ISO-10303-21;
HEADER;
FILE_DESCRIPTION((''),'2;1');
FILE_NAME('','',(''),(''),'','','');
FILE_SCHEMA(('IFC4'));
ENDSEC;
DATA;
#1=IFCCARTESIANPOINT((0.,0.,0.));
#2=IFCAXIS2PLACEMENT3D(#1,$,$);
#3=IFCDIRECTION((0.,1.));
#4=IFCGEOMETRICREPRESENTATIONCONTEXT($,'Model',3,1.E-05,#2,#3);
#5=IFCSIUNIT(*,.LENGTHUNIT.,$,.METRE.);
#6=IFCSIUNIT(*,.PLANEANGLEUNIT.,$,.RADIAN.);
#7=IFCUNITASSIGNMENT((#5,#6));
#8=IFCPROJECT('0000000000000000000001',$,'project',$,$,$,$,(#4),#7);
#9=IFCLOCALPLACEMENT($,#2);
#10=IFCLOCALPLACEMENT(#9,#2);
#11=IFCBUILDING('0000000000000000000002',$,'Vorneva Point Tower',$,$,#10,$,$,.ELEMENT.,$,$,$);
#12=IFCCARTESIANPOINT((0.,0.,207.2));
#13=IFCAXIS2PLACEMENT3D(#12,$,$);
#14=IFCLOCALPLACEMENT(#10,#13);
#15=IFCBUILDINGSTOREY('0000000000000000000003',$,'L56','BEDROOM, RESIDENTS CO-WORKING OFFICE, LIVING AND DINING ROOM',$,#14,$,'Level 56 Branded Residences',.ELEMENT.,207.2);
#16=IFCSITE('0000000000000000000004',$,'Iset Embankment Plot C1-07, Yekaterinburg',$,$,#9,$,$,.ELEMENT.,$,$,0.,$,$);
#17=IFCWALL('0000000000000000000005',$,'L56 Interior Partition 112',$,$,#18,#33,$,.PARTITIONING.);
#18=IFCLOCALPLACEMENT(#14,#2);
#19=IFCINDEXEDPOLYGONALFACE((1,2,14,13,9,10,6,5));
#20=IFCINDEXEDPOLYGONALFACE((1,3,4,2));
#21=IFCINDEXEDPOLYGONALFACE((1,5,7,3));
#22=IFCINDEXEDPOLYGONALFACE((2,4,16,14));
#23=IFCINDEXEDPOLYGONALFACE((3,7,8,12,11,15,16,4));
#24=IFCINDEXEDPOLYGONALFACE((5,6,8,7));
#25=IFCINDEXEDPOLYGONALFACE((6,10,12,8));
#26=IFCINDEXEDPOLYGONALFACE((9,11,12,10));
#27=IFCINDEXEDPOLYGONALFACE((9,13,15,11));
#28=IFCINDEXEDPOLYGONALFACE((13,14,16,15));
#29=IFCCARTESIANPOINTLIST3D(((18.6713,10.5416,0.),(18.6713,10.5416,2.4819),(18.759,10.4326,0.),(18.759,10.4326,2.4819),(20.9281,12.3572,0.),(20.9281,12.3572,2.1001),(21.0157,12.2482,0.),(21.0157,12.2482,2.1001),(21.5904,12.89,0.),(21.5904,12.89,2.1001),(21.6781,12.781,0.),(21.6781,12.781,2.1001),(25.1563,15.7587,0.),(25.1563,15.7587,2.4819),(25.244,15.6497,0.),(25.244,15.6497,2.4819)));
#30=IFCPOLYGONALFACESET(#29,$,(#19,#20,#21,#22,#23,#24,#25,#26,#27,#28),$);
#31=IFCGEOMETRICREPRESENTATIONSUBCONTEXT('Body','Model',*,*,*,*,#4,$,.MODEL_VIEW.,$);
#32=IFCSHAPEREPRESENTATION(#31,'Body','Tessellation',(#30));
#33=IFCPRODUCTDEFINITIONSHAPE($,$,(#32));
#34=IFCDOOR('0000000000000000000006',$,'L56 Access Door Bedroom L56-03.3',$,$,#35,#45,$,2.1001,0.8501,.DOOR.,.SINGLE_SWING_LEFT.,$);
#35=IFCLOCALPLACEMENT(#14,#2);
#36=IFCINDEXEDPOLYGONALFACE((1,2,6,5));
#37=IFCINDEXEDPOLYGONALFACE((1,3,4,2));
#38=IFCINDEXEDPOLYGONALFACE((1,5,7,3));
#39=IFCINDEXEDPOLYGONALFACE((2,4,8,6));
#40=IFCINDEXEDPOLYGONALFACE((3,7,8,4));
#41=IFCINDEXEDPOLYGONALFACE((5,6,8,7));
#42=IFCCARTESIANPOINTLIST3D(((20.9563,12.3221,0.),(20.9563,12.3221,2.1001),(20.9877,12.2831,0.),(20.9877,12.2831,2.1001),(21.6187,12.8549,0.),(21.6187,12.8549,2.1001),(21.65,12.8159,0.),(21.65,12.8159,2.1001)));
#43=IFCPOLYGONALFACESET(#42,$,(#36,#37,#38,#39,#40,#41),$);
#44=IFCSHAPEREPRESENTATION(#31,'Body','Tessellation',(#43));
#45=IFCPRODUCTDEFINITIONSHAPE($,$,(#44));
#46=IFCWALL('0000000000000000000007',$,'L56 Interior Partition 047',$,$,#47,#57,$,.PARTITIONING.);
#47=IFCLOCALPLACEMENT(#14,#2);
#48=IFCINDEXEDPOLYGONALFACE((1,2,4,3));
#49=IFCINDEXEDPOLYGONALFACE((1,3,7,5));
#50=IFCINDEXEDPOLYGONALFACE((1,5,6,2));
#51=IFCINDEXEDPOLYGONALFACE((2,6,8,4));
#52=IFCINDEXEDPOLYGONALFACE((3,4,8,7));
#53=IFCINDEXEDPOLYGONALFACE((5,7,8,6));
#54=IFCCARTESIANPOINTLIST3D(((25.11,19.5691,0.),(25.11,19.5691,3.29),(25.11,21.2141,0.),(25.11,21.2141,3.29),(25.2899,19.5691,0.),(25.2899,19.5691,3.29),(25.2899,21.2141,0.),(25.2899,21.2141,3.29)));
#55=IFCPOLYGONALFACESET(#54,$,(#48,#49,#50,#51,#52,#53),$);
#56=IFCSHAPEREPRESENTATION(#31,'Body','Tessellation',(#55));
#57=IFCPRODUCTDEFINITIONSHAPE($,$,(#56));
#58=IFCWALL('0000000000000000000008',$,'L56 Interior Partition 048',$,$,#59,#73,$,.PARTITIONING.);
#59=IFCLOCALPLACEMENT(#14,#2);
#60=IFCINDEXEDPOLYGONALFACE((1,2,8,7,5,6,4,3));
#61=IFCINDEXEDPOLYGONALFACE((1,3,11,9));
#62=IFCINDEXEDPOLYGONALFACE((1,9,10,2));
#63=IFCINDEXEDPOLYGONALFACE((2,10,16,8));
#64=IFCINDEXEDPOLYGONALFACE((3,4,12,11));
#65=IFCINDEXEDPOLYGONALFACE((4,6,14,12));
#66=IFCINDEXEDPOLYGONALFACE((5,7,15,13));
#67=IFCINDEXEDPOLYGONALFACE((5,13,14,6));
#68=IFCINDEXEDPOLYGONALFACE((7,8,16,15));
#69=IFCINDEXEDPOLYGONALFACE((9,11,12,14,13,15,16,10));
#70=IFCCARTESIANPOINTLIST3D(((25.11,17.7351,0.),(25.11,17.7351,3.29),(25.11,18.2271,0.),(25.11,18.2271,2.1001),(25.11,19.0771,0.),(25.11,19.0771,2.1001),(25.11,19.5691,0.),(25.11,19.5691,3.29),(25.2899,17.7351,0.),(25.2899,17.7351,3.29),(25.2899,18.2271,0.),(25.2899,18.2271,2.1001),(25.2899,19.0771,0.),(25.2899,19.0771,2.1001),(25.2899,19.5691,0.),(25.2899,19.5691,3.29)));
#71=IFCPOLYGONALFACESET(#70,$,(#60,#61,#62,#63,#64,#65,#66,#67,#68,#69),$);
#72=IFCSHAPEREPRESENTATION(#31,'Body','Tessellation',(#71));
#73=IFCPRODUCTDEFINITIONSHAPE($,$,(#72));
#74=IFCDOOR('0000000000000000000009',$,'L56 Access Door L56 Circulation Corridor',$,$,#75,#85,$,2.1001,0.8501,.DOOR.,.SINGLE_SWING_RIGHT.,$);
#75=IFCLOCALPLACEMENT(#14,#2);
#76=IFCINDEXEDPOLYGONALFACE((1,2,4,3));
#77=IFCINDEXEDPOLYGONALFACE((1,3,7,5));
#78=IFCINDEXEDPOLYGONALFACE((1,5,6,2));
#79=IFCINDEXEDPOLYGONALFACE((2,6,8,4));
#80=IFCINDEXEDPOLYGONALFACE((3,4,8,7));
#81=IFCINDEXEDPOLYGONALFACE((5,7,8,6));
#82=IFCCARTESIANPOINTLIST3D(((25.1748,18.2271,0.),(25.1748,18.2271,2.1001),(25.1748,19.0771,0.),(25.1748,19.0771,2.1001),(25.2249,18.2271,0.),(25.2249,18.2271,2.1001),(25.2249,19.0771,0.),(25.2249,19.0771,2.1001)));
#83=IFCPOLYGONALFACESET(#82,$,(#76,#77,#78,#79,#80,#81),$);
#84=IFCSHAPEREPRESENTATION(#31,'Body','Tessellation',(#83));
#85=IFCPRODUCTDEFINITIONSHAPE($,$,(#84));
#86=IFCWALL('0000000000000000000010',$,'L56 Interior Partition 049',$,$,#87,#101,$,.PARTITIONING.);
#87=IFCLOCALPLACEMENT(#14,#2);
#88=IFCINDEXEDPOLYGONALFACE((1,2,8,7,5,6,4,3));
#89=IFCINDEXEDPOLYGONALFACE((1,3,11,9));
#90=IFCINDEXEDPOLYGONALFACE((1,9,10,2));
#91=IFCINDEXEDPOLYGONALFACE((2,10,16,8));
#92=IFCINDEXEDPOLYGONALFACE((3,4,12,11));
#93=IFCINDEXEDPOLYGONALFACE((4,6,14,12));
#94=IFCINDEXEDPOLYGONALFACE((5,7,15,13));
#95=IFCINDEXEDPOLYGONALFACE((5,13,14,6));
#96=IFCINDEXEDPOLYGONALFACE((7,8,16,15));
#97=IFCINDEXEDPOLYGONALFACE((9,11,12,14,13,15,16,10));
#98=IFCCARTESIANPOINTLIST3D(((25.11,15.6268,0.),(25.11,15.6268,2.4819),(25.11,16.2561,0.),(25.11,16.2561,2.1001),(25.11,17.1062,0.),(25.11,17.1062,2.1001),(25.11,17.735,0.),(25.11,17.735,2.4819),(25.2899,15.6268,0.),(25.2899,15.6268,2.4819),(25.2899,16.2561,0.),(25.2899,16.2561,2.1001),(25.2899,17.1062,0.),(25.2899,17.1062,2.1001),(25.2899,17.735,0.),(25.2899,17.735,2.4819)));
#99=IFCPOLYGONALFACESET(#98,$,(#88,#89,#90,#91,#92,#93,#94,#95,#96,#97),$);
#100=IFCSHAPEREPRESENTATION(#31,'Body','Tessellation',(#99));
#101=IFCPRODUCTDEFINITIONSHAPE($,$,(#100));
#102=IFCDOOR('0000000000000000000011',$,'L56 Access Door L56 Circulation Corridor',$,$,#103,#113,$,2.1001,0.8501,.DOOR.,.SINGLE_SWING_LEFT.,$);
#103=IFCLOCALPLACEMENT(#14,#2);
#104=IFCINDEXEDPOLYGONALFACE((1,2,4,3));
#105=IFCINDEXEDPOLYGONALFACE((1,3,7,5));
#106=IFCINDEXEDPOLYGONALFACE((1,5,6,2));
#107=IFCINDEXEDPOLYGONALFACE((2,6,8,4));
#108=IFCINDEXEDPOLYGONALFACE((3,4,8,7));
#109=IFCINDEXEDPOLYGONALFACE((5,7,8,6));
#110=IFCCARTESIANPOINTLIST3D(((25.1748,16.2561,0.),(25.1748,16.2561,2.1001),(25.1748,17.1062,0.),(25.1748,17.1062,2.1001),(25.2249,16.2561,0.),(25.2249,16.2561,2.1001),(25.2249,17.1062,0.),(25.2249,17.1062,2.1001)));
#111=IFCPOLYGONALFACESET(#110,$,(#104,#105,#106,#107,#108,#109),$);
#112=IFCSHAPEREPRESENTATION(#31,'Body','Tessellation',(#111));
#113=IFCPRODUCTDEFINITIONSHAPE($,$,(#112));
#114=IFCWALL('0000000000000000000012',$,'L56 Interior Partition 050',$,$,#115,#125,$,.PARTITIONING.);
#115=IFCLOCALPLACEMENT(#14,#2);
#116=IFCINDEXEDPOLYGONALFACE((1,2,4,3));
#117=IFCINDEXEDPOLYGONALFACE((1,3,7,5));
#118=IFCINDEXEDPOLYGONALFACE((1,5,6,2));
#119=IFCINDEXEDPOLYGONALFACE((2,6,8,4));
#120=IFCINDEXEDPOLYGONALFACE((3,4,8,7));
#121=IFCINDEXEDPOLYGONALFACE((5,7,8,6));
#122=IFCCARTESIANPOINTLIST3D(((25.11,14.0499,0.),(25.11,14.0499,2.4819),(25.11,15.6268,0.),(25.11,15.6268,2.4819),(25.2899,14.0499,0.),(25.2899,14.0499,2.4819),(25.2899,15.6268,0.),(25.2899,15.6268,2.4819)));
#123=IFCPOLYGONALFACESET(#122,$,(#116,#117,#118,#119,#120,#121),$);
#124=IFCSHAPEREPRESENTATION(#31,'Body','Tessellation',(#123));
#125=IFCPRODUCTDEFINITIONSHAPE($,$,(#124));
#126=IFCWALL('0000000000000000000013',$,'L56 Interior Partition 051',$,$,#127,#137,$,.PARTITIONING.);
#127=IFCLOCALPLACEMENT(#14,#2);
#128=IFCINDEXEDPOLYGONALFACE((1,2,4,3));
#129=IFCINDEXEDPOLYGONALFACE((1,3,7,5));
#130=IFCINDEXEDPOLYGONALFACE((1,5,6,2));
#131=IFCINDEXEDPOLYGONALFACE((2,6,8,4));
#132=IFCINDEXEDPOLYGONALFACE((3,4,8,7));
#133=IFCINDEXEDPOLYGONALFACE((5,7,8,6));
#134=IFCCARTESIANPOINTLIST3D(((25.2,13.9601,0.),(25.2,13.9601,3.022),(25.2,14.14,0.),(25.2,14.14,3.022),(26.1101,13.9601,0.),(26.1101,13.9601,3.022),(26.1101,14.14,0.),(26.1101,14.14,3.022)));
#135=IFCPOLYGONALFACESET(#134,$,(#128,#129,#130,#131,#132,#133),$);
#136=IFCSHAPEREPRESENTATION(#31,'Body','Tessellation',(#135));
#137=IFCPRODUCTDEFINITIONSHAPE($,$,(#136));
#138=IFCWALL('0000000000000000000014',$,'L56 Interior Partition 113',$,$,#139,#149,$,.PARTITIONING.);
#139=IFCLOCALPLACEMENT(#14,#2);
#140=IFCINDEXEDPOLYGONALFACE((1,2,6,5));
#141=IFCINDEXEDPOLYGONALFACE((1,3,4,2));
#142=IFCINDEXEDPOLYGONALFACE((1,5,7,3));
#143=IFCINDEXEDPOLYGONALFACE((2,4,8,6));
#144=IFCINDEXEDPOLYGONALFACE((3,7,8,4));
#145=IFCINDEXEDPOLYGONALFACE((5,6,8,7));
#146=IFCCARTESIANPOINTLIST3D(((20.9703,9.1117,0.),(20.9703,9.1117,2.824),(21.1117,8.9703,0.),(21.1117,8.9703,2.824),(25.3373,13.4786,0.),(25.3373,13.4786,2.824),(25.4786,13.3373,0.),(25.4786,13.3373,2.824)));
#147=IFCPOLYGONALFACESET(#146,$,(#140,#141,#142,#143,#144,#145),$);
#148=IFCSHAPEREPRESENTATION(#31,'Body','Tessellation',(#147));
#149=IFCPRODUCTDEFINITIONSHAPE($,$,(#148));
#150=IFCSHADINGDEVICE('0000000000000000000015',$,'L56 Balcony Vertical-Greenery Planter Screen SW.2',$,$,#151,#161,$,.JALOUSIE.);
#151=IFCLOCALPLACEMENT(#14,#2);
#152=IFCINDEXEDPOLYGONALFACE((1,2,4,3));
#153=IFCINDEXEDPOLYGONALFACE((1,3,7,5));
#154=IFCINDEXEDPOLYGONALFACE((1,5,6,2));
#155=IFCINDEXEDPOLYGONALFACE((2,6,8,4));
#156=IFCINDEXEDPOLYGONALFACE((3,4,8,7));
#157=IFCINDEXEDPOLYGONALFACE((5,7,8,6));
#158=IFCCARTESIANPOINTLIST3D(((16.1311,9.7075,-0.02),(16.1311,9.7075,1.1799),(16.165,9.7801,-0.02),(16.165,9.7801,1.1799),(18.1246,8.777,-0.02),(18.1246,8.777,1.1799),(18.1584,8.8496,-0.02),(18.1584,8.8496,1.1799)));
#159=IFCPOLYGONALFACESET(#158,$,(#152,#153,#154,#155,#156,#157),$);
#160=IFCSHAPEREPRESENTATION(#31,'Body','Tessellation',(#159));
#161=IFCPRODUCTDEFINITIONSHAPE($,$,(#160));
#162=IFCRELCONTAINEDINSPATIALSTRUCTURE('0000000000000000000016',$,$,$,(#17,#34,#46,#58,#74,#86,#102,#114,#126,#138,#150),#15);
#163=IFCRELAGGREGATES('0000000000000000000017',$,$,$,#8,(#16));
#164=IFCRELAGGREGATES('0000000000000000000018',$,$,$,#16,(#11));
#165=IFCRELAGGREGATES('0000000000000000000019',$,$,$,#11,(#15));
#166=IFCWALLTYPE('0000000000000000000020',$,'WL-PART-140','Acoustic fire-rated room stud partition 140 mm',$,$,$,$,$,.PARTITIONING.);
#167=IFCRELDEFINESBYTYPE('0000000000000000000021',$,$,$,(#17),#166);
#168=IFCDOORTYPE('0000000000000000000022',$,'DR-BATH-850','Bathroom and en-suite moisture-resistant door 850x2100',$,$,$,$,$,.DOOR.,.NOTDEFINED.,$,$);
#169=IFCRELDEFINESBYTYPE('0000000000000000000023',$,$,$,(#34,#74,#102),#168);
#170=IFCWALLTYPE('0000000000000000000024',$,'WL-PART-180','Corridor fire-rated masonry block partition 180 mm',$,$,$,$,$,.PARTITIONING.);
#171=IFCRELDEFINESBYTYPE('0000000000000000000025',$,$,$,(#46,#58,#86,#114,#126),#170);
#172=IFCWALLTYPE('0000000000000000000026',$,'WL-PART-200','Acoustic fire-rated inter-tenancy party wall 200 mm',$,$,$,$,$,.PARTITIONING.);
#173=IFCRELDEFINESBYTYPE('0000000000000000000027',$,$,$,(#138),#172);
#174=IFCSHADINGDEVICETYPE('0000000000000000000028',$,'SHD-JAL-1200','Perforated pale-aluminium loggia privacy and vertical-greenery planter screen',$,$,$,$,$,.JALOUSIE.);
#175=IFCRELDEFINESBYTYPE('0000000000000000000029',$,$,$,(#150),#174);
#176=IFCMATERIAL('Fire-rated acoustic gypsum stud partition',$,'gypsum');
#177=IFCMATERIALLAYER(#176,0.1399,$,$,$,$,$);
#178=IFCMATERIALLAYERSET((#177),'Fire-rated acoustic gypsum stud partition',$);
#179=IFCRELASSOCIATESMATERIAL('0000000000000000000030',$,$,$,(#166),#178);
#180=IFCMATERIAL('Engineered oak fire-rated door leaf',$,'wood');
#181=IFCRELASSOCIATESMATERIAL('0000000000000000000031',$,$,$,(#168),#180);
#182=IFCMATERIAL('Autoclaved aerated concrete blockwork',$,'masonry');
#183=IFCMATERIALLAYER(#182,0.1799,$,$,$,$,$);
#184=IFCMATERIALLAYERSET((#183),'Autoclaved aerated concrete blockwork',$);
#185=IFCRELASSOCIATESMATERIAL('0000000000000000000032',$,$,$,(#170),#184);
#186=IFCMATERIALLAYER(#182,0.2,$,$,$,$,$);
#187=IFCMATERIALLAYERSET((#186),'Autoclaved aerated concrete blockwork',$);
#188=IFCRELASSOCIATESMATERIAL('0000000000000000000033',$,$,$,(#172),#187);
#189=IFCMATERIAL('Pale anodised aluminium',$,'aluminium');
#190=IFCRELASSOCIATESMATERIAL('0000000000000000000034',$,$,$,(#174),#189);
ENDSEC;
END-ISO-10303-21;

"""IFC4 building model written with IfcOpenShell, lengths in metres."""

from ifc_helpers import new_model, si_unit, direction, frame, frame_2d, origin, origin_2d, place, context, subcontext, project, spatial, rectangle, extrude, material, layer, layer_set, type_object, element, fill, save


model = new_model("IFC4")

# Units and contexts
model_context = context("Model", 3, precision=1e-05, world=origin(), true_north=direction((0.0, 1.0)))
body_context = subcontext(model_context, "Body", "Model", "MODEL_VIEW")
ifc_project = project(units=[si_unit("LENGTHUNIT", "METRE"), si_unit("PLANEANGLEUNIT", "RADIAN")], contexts=[model_context])

# Site, building, storey
site_placement = place(None, origin())
site = spatial("IfcSite", under=ifc_project, at=site_placement, Name="Iset Embankment Plot C1-07, Yekaterinburg", CompositionType="ELEMENT", RefElevation=0.0)
building_placement = place(site_placement, origin())
building = spatial("IfcBuilding", under=site, at=building_placement, Name="Vorneva Point Tower", CompositionType="ELEMENT")
storey_placement = place(building_placement, frame((0.0, 0.0, 207.2)))
storey = spatial("IfcBuildingStorey", under=building, at=storey_placement, Name="L56", Description="BEDROOM, RESIDENTS CO-WORKING OFFICE, LIVING AND DINING ROOM", LongName="Level 56 Branded Residences", CompositionType="ELEMENT", Elevation=207.2)

# Shared definitions
ifc_material_1 = material(Name="Pale anodised aluminium", Category="aluminium")

# Shared definitions
ifc_material_2 = material(Name="Fire-rated acoustic gypsum stud partition", Category="gypsum")

# Wall, opening, door
ifc_material_3 = material(Name="Engineered oak fire-rated door leaf", Category="wood")
ifc_layer_1 = layer(ifc_material_2, 0.1399)
ifc_layer_set_1 = layer_set([ifc_layer_1], Name="Fire-rated acoustic gypsum stud partition")
wall_type_1 = type_object("IfcWallType", Name="WL-PART-140", Description="Acoustic fire-rated room stud partition 140 mm", PredefinedType="PARTITIONING", material=ifc_layer_set_1)
wall_1_placement = place(storey_placement, frame((18.7151, 10.4871, 0.0), z_axis=(0.0, 0.0, 1.0), x_axis=(0.779157, 0.626828, 0.0)))
wall_1 = element("IfcWall", 1, at=wall_1_placement, inside=storey, type_object=wall_type_1, Name="L56 Interior Partition 112", PredefinedType="PARTITIONING", context=body_context, shape_type="SweptSolid", body=[
    extrude(rectangle(XDim=8.323, YDim=0.1399, at=frame_2d((4.1616, 0.0))), origin(), (0.0, 0.0, 1.0), 2.4819),
])
opening_1_placement = place(wall_1_placement, frame((2.8965, 0.0, 0.0)))
opening_1 = element("IfcOpeningElement", 2, at=opening_1_placement, cuts=wall_1, PredefinedType="OPENING", context=body_context, shape_type="SweptSolid", body=[
    extrude(rectangle(XDim=0.8501, YDim=2.1001, at=frame_2d((0.425, 1.05))), frame((0.0, 0.085, 0.0), z_axis=(0.0, -1.0, 0.0), x_axis=(1.0, 0.0, 0.0)), (0.0, 0.0, 1.0), 0.1697),
])
door_type_1 = type_object("IfcDoorType", Name="DR-BATH-850", Description="Bathroom and en-suite moisture-resistant door 850x2100", OperationType="NOTDEFINED", PredefinedType="DOOR", material=ifc_material_3)
door_1_placement = place(opening_1_placement, origin())
door_1 = element("IfcDoor", 3, at=door_1_placement, inside=storey, type_object=door_type_1, Name="L56 Access Door Bedroom L56-03.3", OperationType="SINGLE_SWING_LEFT", OverallHeight=2.1001, OverallWidth=0.8501, PredefinedType="DOOR", context=body_context, shape_type="SweptSolid", body=[
    extrude(rectangle(XDim=0.8501, YDim=2.1001, at=frame_2d((0.425, 1.05))), frame((0.0, 0.0249, 0.0), z_axis=(0.0, -1.0, 0.0), x_axis=(1.0, 0.0, 0.0)), (0.0, 0.0, 1.0), 0.05),
])
fill(opening_1, door_1)
ifc_material_4 = material(Name="Autoclaved aerated concrete blockwork", Category="masonry")
ifc_layer_2 = layer(ifc_material_4, 0.1799)
ifc_layer_set_2 = layer_set([ifc_layer_2], Name="Autoclaved aerated concrete blockwork")
wall_type_2 = type_object("IfcWallType", Name="WL-PART-180", Description="Corridor fire-rated masonry block partition 180 mm", PredefinedType="PARTITIONING", material=ifc_layer_set_2)

# Wall
wall_2_placement = place(storey_placement, frame((25.2, 21.2141, 0.0), z_axis=(0.0, 0.0, 1.0), x_axis=(0.0, -1.0, 0.0)))
element("IfcWall", 4, at=wall_2_placement, inside=storey, type_object=wall_type_2, Name="L56 Interior Partition 047", PredefinedType="PARTITIONING", context=body_context, shape_type="SweptSolid", body=[
    extrude(rectangle(XDim=1.645, YDim=0.1799, at=frame_2d((0.8225, 0.0))), origin(), (0.0, 0.0, 1.0), 3.29),
])

# Walls, openings, doors
wall_3_placement = place(storey_placement, frame((25.2, 19.5691, 0.0), z_axis=(0.0, 0.0, 1.0), x_axis=(0.0, -1.0, 0.0)))
wall_3 = element("IfcWall", 5, at=wall_3_placement, inside=storey, type_object=wall_type_2, Name="L56 Interior Partition 048", PredefinedType="PARTITIONING", context=body_context, shape_type="SweptSolid", body=[
    extrude(rectangle(XDim=1.834, YDim=0.1799, at=frame_2d((0.917, 0.0))), origin(), (0.0, 0.0, 1.0), 3.29),
])
opening_2_placement = place(wall_3_placement, frame((0.4919, 0.0, 0.0)))
opening_2 = element("IfcOpeningElement", 6, at=opening_2_placement, cuts=wall_3, PredefinedType="OPENING", context=body_context, shape_type="SweptSolid", body=[
    extrude(rectangle(XDim=0.8501, YDim=2.1001, at=frame_2d((0.425, 1.05))), frame((0.0, 0.105, 0.0), z_axis=(0.0, -1.0, 0.0), x_axis=(1.0, 0.0, 0.0)), (0.0, 0.0, 1.0), 0.2097),
])
door_2_placement = place(opening_2_placement, origin())
door_2 = element("IfcDoor", 7, at=door_2_placement, inside=storey, type_object=door_type_1, Name="L56 Access Door L56 Circulation Corridor", OperationType="SINGLE_SWING_RIGHT", OverallHeight=2.1001, OverallWidth=0.8501, PredefinedType="DOOR", context=body_context, shape_type="SweptSolid", body=[
    extrude(rectangle(XDim=0.8501, YDim=2.1001, at=frame_2d((0.425, 1.05))), frame((0.0, 0.0249, 0.0), z_axis=(0.0, -1.0, 0.0), x_axis=(1.0, 0.0, 0.0)), (0.0, 0.0, 1.0), 0.05),
])
fill(opening_2, door_2)
wall_4_placement = place(storey_placement, frame((25.2, 17.7351, 0.0), z_axis=(0.0, 0.0, 1.0), x_axis=(0.0, -1.0, 0.0)))
wall_4 = element("IfcWall", 8, at=wall_4_placement, inside=storey, type_object=wall_type_2, Name="L56 Interior Partition 049", PredefinedType="PARTITIONING", context=body_context, shape_type="SweptSolid", body=[
    extrude(rectangle(XDim=2.1082, YDim=0.1799, at=frame_2d((1.0542, 0.0))), origin(), (0.0, 0.0, 1.0), 2.4819),
])
opening_3_placement = place(wall_4_placement, frame((0.6289, 0.0, 0.0)))
opening_3 = element("IfcOpeningElement", 9, at=opening_3_placement, cuts=wall_4, PredefinedType="OPENING", context=body_context, shape_type="SweptSolid", body=[
    extrude(rectangle(XDim=0.8501, YDim=2.1001, at=frame_2d((0.425, 1.05))), frame((0.0, 0.105, 0.0), z_axis=(0.0, -1.0, 0.0), x_axis=(1.0, 0.0, 0.0)), (0.0, 0.0, 1.0), 0.2097),
])
door_3_placement = place(opening_3_placement, origin())
door_3 = element("IfcDoor", 10, at=door_3_placement, inside=storey, type_object=door_type_1, Name="L56 Access Door L56 Circulation Corridor", OperationType="SINGLE_SWING_LEFT", OverallHeight=2.1001, OverallWidth=0.8501, PredefinedType="DOOR", context=body_context, shape_type="SweptSolid", body=[
    extrude(rectangle(XDim=0.8501, YDim=2.1001, at=frame_2d((0.425, 1.05))), frame((0.0, 0.0249, 0.0), z_axis=(0.0, -1.0, 0.0), x_axis=(1.0, 0.0, 0.0)), (0.0, 0.0, 1.0), 0.05),
])
fill(opening_3, door_3)

# Walls
wall_5_placement = place(storey_placement, frame((25.2, 15.627, 0.0), z_axis=(0.0, 0.0, 1.0), x_axis=(0.0, -1.0, 0.0)))
element("IfcWall", 11, at=wall_5_placement, inside=storey, type_object=wall_type_2, Name="L56 Interior Partition 050", PredefinedType="PARTITIONING", context=body_context, shape_type="SweptSolid", body=[
    extrude(rectangle(XDim=1.5769, YDim=0.1799, at=frame_2d((0.7886, 0.0))), origin(), (0.0, 0.0, 1.0), 2.4819),
])
wall_6_placement = place(storey_placement, frame((25.2, 14.05, 0.0), z_axis=(0.0, 0.0, 1.0), x_axis=(1.0, 0.0, 0.0)))
element("IfcWall", 12, at=wall_6_placement, inside=storey, type_object=wall_type_2, Name="L56 Interior Partition 051", PredefinedType="PARTITIONING", context=body_context, shape_type="SweptSolid", body=[
    extrude(rectangle(XDim=0.9102, YDim=0.1799, at=frame_2d((0.4551, 0.0))), origin(), (0.0, 0.0, 1.0), 3.022),
])
ifc_layer_3 = layer(ifc_material_4, 0.2)
ifc_layer_set_3 = layer_set([ifc_layer_3], Name="Autoclaved aerated concrete blockwork")
wall_type_3 = type_object("IfcWallType", Name="WL-PART-200", Description="Acoustic fire-rated inter-tenancy party wall 200 mm", PredefinedType="PARTITIONING", material=ifc_layer_set_3)
wall_7_placement = place(storey_placement, frame((21.041, 9.041, 0.0), z_axis=(0.0, 0.0, 1.0), x_axis=(0.707107, 0.707107, 0.0)))
element("IfcWall", 13, at=wall_7_placement, inside=storey, type_object=wall_type_3, Name="L56 Interior Partition 113", PredefinedType="PARTITIONING", context=body_context, shape_type="SweptSolid", body=[
    extrude(rectangle(XDim=6.1758, YDim=0.2, at=frame_2d((3.0879, 0.0))), origin(), (0.0, 0.0, 1.0), 2.824),
])

# Shading device
shading_device_type = type_object("IfcShadingDeviceType", Name="SHD-JAL-1200", Description="Perforated pale-aluminium loggia privacy and vertical-greenery planter screen", PredefinedType="JALOUSIE", material=ifc_material_1)
shading_device_placement = place(storey_placement, frame((17.1448, 9.2786, -0.02), z_axis=(0.0, 0.0, 1.0), x_axis=(0.906145, -0.422966, 0.0)))
element("IfcShadingDevice", 14, at=shading_device_placement, inside=storey, type_object=shading_device_type, Name="L56 Balcony Vertical-Greenery Planter Screen SW.2", PredefinedType="JALOUSIE", context=body_context, shape_type="SweptSolid", body=[
    extrude(rectangle(XDim=2.2, YDim=0.0801, at=origin_2d()), origin(), (0.0, 0.0, 1.0), 1.2),
])

save(model, "model.ifc")
